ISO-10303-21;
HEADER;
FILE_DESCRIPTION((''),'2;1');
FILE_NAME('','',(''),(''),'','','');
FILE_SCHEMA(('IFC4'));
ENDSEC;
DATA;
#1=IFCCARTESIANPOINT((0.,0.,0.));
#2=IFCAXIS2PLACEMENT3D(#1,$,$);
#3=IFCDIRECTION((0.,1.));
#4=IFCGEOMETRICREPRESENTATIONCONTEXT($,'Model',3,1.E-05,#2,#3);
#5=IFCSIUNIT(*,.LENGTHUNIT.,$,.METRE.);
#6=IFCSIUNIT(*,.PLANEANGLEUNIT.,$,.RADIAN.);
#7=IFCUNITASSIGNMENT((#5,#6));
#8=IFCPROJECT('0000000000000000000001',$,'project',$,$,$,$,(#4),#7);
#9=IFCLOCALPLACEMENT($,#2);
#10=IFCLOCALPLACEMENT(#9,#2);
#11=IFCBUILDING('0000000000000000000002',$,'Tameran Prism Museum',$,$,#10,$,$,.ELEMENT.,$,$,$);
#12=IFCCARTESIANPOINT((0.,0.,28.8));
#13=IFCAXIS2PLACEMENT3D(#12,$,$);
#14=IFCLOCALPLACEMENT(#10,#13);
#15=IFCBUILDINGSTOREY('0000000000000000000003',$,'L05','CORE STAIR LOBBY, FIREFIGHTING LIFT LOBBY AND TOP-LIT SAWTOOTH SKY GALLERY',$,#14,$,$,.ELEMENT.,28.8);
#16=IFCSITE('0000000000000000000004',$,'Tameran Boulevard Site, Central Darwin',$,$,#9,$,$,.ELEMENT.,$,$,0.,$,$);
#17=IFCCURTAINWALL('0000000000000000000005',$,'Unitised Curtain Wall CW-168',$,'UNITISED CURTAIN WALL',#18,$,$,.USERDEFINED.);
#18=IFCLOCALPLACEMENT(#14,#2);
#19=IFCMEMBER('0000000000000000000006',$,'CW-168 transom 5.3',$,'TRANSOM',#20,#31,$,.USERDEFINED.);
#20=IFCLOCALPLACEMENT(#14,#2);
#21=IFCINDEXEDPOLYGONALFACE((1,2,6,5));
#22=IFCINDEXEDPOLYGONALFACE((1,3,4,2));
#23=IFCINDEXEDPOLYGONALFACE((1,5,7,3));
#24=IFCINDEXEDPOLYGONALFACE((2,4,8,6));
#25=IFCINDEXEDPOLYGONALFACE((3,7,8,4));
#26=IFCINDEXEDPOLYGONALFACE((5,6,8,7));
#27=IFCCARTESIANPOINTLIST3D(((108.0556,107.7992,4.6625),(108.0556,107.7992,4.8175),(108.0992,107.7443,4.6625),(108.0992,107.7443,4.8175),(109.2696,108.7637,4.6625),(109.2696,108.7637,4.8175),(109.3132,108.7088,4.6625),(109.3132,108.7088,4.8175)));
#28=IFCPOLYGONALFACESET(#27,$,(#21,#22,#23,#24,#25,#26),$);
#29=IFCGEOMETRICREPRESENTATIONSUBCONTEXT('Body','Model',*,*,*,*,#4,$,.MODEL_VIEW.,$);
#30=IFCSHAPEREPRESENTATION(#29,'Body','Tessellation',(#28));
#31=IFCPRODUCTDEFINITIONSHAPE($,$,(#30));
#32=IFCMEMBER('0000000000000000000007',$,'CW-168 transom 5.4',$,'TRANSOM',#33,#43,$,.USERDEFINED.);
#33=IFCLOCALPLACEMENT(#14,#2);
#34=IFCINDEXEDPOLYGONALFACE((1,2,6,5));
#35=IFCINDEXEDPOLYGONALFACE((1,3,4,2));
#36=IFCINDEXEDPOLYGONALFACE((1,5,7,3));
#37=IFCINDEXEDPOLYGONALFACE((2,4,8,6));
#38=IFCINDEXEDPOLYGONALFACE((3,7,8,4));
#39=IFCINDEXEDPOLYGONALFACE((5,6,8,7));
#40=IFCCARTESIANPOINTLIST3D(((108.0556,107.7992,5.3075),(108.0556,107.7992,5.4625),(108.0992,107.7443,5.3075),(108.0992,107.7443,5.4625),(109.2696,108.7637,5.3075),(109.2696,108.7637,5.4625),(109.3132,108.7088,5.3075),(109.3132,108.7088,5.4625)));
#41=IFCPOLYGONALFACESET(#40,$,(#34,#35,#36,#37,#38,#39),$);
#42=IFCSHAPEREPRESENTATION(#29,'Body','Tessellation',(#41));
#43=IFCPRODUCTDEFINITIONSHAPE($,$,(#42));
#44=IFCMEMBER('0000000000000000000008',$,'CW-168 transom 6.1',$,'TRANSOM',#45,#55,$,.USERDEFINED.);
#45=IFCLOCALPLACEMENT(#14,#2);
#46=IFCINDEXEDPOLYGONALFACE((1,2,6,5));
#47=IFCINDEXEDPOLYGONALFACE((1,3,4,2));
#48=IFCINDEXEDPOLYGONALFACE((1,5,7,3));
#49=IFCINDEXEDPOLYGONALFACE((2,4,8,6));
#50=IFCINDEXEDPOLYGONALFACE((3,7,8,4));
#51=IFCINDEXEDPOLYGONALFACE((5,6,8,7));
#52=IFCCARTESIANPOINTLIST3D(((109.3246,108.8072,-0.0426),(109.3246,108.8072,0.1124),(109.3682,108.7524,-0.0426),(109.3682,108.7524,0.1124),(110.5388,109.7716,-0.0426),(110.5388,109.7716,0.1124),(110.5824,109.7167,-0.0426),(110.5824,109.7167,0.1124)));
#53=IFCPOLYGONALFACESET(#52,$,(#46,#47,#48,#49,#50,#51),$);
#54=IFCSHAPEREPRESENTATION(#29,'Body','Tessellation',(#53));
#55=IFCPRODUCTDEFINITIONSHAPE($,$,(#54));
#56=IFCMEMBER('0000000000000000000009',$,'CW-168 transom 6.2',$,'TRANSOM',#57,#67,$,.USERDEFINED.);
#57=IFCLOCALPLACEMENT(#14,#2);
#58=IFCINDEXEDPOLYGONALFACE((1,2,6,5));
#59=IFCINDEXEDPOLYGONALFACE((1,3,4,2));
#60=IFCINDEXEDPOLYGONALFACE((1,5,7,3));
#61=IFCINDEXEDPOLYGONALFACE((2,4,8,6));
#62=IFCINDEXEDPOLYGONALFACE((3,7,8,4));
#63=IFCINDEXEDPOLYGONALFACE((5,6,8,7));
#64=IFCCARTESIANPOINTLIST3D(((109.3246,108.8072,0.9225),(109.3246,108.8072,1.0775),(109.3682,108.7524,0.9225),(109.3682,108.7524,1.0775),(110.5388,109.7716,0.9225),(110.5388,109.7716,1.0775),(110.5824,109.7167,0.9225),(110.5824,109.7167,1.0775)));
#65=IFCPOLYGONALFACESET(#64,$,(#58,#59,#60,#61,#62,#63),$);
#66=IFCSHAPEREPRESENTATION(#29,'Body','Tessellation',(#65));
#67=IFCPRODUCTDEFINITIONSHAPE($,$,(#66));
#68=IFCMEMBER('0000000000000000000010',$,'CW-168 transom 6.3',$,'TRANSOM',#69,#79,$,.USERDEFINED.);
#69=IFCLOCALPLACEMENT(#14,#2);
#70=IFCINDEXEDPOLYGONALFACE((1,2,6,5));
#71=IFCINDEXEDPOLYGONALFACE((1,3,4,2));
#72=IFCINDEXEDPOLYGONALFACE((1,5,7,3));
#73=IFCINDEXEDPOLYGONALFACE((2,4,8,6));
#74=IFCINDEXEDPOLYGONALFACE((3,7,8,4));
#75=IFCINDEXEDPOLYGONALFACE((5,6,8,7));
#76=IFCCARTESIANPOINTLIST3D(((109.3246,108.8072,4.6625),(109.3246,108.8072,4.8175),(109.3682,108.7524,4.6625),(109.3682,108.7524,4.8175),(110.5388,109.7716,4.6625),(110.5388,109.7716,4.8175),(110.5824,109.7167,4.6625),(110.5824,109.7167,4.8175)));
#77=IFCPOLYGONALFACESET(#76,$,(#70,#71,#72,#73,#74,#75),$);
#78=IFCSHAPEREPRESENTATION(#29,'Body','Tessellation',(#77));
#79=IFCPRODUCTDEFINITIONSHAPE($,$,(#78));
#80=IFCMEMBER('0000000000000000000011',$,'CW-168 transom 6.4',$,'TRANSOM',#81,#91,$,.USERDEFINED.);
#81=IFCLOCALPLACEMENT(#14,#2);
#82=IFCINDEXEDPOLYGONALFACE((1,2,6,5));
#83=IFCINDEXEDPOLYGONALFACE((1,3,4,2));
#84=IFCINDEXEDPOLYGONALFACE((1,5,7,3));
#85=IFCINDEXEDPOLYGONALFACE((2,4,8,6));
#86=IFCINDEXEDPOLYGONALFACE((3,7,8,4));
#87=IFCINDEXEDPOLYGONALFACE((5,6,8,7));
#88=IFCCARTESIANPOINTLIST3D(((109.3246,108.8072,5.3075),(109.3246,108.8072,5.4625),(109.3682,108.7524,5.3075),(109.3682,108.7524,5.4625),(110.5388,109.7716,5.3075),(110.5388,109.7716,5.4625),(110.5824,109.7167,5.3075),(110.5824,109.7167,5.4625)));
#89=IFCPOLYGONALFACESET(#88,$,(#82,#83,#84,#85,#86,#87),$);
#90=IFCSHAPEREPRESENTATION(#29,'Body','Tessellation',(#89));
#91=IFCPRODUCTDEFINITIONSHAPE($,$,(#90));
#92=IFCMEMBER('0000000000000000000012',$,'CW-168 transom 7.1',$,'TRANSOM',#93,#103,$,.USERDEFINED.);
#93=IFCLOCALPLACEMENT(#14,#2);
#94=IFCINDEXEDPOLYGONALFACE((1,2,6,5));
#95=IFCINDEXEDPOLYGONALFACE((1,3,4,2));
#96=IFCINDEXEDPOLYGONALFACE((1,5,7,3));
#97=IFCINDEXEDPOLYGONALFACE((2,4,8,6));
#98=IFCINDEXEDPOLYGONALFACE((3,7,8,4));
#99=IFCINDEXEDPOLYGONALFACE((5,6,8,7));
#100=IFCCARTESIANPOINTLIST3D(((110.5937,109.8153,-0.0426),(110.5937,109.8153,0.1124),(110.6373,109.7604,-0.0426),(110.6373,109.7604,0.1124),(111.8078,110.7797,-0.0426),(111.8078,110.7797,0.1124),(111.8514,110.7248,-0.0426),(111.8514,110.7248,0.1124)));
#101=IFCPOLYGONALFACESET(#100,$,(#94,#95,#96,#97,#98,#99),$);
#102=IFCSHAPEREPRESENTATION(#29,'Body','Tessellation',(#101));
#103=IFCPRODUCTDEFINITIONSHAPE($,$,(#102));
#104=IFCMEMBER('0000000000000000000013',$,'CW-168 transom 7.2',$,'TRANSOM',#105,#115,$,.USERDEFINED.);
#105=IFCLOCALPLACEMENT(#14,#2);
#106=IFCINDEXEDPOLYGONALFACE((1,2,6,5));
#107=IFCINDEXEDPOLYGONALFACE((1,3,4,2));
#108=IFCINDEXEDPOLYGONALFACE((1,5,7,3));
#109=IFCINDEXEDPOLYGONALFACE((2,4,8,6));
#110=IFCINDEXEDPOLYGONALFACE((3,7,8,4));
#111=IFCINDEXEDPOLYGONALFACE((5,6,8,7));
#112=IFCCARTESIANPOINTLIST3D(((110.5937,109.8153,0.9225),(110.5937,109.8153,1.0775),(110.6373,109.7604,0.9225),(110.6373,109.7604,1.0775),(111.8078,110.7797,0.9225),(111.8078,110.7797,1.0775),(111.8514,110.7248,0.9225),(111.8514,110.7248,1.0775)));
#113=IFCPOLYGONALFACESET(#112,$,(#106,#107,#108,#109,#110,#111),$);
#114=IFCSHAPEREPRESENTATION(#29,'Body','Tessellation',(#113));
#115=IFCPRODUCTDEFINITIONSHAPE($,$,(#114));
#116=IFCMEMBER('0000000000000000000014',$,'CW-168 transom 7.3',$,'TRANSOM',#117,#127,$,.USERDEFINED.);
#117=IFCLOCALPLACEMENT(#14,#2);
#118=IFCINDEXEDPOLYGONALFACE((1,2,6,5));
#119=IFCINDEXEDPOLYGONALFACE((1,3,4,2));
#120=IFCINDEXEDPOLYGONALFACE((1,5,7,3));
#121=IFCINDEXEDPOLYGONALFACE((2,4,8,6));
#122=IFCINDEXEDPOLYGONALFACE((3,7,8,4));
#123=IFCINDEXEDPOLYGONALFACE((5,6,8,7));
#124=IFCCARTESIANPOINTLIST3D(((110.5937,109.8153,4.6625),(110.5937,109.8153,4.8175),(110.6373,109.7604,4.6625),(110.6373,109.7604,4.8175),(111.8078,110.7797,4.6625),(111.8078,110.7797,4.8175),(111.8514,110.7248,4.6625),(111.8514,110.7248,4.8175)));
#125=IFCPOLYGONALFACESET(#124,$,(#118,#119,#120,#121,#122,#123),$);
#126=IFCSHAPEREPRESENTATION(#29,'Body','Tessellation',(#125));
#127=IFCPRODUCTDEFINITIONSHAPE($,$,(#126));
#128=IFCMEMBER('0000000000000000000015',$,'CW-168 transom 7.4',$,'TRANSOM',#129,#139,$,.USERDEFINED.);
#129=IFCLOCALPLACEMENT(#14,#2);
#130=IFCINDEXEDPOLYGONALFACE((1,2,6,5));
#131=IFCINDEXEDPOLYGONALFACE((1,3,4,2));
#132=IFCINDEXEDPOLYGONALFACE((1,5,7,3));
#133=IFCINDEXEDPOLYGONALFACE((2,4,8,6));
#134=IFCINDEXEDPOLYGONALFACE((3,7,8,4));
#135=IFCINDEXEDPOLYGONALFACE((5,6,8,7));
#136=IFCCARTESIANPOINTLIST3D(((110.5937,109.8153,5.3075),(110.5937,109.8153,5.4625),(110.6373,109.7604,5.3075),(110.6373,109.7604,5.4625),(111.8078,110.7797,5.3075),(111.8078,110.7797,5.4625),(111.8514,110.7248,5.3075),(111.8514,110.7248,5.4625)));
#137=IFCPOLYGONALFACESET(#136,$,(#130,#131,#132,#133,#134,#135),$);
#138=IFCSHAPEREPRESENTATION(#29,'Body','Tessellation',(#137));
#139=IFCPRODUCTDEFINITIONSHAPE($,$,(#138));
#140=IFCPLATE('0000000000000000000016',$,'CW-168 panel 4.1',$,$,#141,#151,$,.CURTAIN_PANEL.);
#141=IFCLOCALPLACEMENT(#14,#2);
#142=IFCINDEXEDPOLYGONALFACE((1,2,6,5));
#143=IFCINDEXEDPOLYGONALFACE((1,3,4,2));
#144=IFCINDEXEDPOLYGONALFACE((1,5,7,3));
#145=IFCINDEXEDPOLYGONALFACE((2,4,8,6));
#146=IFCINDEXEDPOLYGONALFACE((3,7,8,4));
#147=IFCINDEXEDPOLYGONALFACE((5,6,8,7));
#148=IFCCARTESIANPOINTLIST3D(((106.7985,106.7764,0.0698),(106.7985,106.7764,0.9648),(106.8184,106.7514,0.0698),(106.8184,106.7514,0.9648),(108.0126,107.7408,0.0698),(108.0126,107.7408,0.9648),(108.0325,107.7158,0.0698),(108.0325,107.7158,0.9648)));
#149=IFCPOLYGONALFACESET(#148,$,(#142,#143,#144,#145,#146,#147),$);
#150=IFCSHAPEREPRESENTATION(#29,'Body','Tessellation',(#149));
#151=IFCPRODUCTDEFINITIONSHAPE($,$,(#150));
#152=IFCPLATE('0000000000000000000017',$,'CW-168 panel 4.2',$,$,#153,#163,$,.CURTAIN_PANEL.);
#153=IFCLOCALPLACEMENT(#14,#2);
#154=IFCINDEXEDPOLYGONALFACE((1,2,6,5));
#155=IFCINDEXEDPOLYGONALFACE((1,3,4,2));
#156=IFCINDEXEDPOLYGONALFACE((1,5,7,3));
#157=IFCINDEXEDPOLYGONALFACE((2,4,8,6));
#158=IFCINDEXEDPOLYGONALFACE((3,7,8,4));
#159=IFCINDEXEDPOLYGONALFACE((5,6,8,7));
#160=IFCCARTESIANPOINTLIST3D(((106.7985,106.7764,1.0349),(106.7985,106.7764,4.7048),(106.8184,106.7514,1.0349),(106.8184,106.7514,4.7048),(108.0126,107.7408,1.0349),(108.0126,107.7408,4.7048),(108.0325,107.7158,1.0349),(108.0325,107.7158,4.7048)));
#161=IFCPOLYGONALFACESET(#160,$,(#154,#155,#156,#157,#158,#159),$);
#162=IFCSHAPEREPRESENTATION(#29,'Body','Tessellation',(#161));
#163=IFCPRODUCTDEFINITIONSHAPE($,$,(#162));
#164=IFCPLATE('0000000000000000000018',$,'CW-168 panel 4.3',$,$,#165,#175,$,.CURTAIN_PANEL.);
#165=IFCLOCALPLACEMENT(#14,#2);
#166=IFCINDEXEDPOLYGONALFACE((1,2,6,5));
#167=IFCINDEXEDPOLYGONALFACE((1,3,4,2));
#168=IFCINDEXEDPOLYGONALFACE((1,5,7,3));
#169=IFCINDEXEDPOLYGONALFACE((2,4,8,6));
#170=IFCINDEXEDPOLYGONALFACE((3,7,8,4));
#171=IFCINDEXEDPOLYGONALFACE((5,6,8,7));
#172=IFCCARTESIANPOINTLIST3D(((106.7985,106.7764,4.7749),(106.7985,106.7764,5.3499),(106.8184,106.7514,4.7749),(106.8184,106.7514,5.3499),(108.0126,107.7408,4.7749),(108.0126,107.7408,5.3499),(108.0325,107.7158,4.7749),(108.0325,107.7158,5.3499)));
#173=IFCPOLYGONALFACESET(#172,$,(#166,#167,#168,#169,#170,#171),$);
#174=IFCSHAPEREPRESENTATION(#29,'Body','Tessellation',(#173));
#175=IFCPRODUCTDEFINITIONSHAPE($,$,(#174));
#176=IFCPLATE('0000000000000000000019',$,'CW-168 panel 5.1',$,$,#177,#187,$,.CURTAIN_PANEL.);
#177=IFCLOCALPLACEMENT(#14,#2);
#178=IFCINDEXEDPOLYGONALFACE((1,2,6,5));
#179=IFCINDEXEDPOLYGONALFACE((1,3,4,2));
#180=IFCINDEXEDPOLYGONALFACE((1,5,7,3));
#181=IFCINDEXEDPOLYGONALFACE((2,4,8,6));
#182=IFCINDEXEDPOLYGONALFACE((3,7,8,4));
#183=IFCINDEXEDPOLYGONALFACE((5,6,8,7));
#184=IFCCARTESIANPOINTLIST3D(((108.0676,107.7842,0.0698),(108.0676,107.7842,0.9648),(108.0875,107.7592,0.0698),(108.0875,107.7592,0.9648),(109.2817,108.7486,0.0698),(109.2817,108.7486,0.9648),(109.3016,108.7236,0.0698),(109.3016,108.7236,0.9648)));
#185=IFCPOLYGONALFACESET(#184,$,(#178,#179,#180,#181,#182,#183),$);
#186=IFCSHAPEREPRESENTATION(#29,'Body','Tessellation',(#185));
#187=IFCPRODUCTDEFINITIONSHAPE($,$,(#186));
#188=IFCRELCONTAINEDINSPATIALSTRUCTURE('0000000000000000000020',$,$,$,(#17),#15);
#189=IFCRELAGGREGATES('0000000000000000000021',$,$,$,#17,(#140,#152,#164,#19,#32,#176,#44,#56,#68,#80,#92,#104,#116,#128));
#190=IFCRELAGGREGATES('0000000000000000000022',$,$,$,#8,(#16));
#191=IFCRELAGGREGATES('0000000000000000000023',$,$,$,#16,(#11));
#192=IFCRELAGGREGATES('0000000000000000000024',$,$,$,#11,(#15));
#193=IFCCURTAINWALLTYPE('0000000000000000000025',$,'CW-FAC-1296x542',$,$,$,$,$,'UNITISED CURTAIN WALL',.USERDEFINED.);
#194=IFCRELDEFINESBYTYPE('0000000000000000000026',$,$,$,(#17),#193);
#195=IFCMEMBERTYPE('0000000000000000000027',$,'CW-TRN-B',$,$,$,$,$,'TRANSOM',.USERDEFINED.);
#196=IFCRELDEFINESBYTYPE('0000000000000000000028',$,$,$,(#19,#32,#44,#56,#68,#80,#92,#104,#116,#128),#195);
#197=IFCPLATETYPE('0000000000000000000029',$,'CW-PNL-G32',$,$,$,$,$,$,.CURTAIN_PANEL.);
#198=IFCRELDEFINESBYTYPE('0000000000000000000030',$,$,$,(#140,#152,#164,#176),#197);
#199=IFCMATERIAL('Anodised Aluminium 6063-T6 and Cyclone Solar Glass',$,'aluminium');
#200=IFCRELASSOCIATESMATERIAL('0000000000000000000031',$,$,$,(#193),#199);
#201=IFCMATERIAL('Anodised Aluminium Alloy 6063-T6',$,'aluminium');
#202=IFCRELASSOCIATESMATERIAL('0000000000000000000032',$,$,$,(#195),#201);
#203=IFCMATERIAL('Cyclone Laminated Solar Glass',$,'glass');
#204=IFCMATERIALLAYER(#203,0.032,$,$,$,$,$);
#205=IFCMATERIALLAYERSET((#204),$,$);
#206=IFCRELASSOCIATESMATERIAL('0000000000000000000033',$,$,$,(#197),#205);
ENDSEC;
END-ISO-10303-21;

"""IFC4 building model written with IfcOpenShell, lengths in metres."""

from ifc_helpers import new_model, si_unit, direction, frame, origin, origin_2d, place, context, subcontext, project, spatial, rectangle, extrude, material, layer, layer_set, material_profile, profile_set, type_object, element, aggregate, save


model = new_model("IFC4")

# Units and contexts
model_context = context("Model", 3, precision=1e-05, world=origin(), true_north=direction((0.0, 1.0)))
body_context = subcontext(model_context, "Body", "Model", "MODEL_VIEW")
ifc_project = project(units=[si_unit("LENGTHUNIT", "METRE"), si_unit("PLANEANGLEUNIT", "RADIAN")], contexts=[model_context])

# Site, building, storey
site_placement = place(None, origin())
site = spatial("IfcSite", under=ifc_project, at=site_placement, Name="Tameran Boulevard Site, Central Darwin", CompositionType="ELEMENT", RefElevation=0.0)
building_placement = place(site_placement, origin())
building = spatial("IfcBuilding", under=site, at=building_placement, Name="Tameran Prism Museum", CompositionType="ELEMENT")
storey_placement = place(building_placement, frame((0.0, 0.0, 28.8)))
storey = spatial("IfcBuildingStorey", under=building, at=storey_placement, Name="L05", Description="CORE STAIR LOBBY, FIREFIGHTING LIFT LOBBY AND TOP-LIT SAWTOOTH SKY GALLERY", CompositionType="ELEMENT", Elevation=28.8)

# Curtain wall, members, plates
ifc_material_1 = material(Name="Anodised Aluminium 6063-T6 and Cyclone Solar Glass", Category="aluminium")
curtain_wall_type = type_object("IfcCurtainWallType", Name="CW-FAC-1296x542", ElementType="UNITISED CURTAIN WALL", PredefinedType="USERDEFINED", material=ifc_material_1)
curtain_wall_placement = place(storey_placement, origin())
curtain_wall = element("IfcCurtainWall", 1, at=curtain_wall_placement, inside=storey, type_object=curtain_wall_type, Name="Unitised Curtain Wall CW-168", ObjectType="UNITISED CURTAIN WALL", PredefinedType="USERDEFINED")
ifc_material_2 = material(Name="Anodised Aluminium Alloy 6063-T6", Category="aluminium")
ifc_material_profile_1 = material_profile(ifc_material_2, rectangle(XDim=0.0701, YDim=0.155, at=origin_2d()))
ifc_profile_set_1 = profile_set([ifc_material_profile_1])
member_type_1 = type_object("IfcMemberType", Name="CW-TRN-B", ElementType="TRANSOM", PredefinedType="USERDEFINED", material=ifc_profile_set_1)
member_1_placement = place(storey_placement, frame((108.0774, 107.7717, 4.74), z_axis=(0.782969, 0.622061, 0.0), x_axis=(-0.622061, 0.782969, 0.0)))
member_1 = element("IfcMember", 2, at=member_1_placement, type_object=member_type_1, Name="CW-168 transom 5.3", ObjectType="TRANSOM", PredefinedType="USERDEFINED", context=body_context, shape_type="SweptSolid", body=[
    extrude(rectangle(XDim=0.0701, YDim=0.155, at=origin_2d()), origin(), (0.0, 0.0, 1.0), 1.5505),
])
member_2_placement = place(storey_placement, frame((108.0774, 107.7717, 5.385), z_axis=(0.782969, 0.622061, 0.0), x_axis=(-0.622061, 0.782969, 0.0)))
member_2 = element("IfcMember", 3, at=member_2_placement, type_object=member_type_1, Name="CW-168 transom 5.4", ObjectType="TRANSOM", PredefinedType="USERDEFINED", context=body_context, shape_type="SweptSolid", body=[
    extrude(rectangle(XDim=0.0701, YDim=0.155, at=origin_2d()), origin(), (0.0, 0.0, 1.0), 1.5505),
])
member_3_placement = place(storey_placement, frame((109.3464, 108.7798, 0.0349), z_axis=(0.783045, 0.621965, 0.0), x_axis=(-0.621965, 0.783045, 0.0)))
member_3 = element("IfcMember", 4, at=member_3_placement, type_object=member_type_1, Name="CW-168 transom 6.1", ObjectType="TRANSOM", PredefinedType="USERDEFINED", context=body_context, shape_type="SweptSolid", body=[
    extrude(rectangle(XDim=0.0701, YDim=0.155, at=origin_2d()), origin(), (0.0, 0.0, 1.0), 1.5505),
])
member_4_placement = place(storey_placement, frame((109.3464, 108.7798, 1.0), z_axis=(0.783045, 0.621965, 0.0), x_axis=(-0.621965, 0.783045, 0.0)))
member_4 = element("IfcMember", 5, at=member_4_placement, type_object=member_type_1, Name="CW-168 transom 6.2", ObjectType="TRANSOM", PredefinedType="USERDEFINED", context=body_context, shape_type="SweptSolid", body=[
    extrude(rectangle(XDim=0.0701, YDim=0.155, at=origin_2d()), origin(), (0.0, 0.0, 1.0), 1.5505),
])
member_5_placement = place(storey_placement, frame((109.3464, 108.7798, 4.74), z_axis=(0.783045, 0.621965, 0.0), x_axis=(-0.621965, 0.783045, 0.0)))
member_5 = element("IfcMember", 6, at=member_5_placement, type_object=member_type_1, Name="CW-168 transom 6.3", ObjectType="TRANSOM", PredefinedType="USERDEFINED", context=body_context, shape_type="SweptSolid", body=[
    extrude(rectangle(XDim=0.0701, YDim=0.155, at=origin_2d()), origin(), (0.0, 0.0, 1.0), 1.5505),
])
member_6_placement = place(storey_placement, frame((109.3464, 108.7798, 5.385), z_axis=(0.783045, 0.621965, 0.0), x_axis=(-0.621965, 0.783045, 0.0)))
member_6 = element("IfcMember", 7, at=member_6_placement, type_object=member_type_1, Name="CW-168 transom 6.4", ObjectType="TRANSOM", PredefinedType="USERDEFINED", context=body_context, shape_type="SweptSolid", body=[
    extrude(rectangle(XDim=0.0701, YDim=0.155, at=origin_2d()), origin(), (0.0, 0.0, 1.0), 1.5505),
])
member_7_placement = place(storey_placement, frame((110.6155, 109.7878, 0.0349), z_axis=(0.783045, 0.621965, 0.0), x_axis=(-0.621965, 0.783045, 0.0)))
member_7 = element("IfcMember", 8, at=member_7_placement, type_object=member_type_1, Name="CW-168 transom 7.1", ObjectType="TRANSOM", PredefinedType="USERDEFINED", context=body_context, shape_type="SweptSolid", body=[
    extrude(rectangle(XDim=0.0701, YDim=0.155, at=origin_2d()), origin(), (0.0, 0.0, 1.0), 1.5505),
])
member_8_placement = place(storey_placement, frame((110.6155, 109.7878, 1.0), z_axis=(0.783045, 0.621965, 0.0), x_axis=(-0.621965, 0.783045, 0.0)))
member_8 = element("IfcMember", 9, at=member_8_placement, type_object=member_type_1, Name="CW-168 transom 7.2", ObjectType="TRANSOM", PredefinedType="USERDEFINED", context=body_context, shape_type="SweptSolid", body=[
    extrude(rectangle(XDim=0.0701, YDim=0.155, at=origin_2d()), origin(), (0.0, 0.0, 1.0), 1.5505),
])
member_9_placement = place(storey_placement, frame((110.6155, 109.7878, 4.74), z_axis=(0.783045, 0.621965, 0.0), x_axis=(-0.621965, 0.783045, 0.0)))
member_9 = element("IfcMember", 10, at=member_9_placement, type_object=member_type_1, Name="CW-168 transom 7.3", ObjectType="TRANSOM", PredefinedType="USERDEFINED", context=body_context, shape_type="SweptSolid", body=[
    extrude(rectangle(XDim=0.0701, YDim=0.155, at=origin_2d()), origin(), (0.0, 0.0, 1.0), 1.5505),
])
member_10_placement = place(storey_placement, frame((110.6155, 109.7878, 5.385), z_axis=(0.783045, 0.621965, 0.0), x_axis=(-0.621965, 0.783045, 0.0)))
member_10 = element("IfcMember", 11, at=member_10_placement, type_object=member_type_1, Name="CW-168 transom 7.4", ObjectType="TRANSOM", PredefinedType="USERDEFINED", context=body_context, shape_type="SweptSolid", body=[
    extrude(rectangle(XDim=0.0701, YDim=0.155, at=origin_2d()), origin(), (0.0, 0.0, 1.0), 1.5505),
])
ifc_material_3 = material(Name="Cyclone Laminated Solar Glass", Category="glass")
ifc_layer = layer(ifc_material_3, 0.032)
ifc_layer_set = layer_set([ifc_layer])
plate_type = type_object("IfcPlateType", Name="CW-PNL-G32", PredefinedType="CURTAIN_PANEL", material=ifc_layer_set)
plate_1_placement = place(storey_placement, frame((107.4155, 107.2461, 0.0698), z_axis=(0.0, 0.0, 1.0), x_axis=(0.783031, 0.621982, 0.0)))
plate_1 = element("IfcPlate", 12, at=plate_1_placement, type_object=plate_type, Name="CW-168 panel 4.1", PredefinedType="CURTAIN_PANEL", context=body_context, shape_type="SweptSolid", body=[
    extrude(rectangle(XDim=1.5505, YDim=0.032, at=origin_2d()), origin(), (0.0, 0.0, 1.0), 0.895),
])
plate_2_placement = place(storey_placement, frame((107.4155, 107.2461, 1.0349), z_axis=(0.0, 0.0, 1.0), x_axis=(0.783031, 0.621982, 0.0)))
plate_2 = element("IfcPlate", 13, at=plate_2_placement, type_object=plate_type, Name="CW-168 panel 4.2", PredefinedType="CURTAIN_PANEL", context=body_context, shape_type="SweptSolid", body=[
    extrude(rectangle(XDim=1.5505, YDim=0.032, at=origin_2d()), origin(), (0.0, 0.0, 1.0), 3.6699),
])
plate_3_placement = place(storey_placement, frame((107.4155, 107.2461, 4.7749), z_axis=(0.0, 0.0, 1.0), x_axis=(0.783031, 0.621982, 0.0)))
plate_3 = element("IfcPlate", 14, at=plate_3_placement, type_object=plate_type, Name="CW-168 panel 4.3", PredefinedType="CURTAIN_PANEL", context=body_context, shape_type="SweptSolid", body=[
    extrude(rectangle(XDim=1.5505, YDim=0.032, at=origin_2d()), origin(), (0.0, 0.0, 1.0), 0.575),
])
plate_4_placement = place(storey_placement, frame((108.6846, 108.2539, 0.0698), z_axis=(0.0, 0.0, 1.0), x_axis=(0.783031, 0.621982, 0.0)))
plate_4 = element("IfcPlate", 15, at=plate_4_placement, type_object=plate_type, Name="CW-168 panel 5.1", PredefinedType="CURTAIN_PANEL", context=body_context, shape_type="SweptSolid", body=[
    extrude(rectangle(XDim=1.5505, YDim=0.032, at=origin_2d()), origin(), (0.0, 0.0, 1.0), 0.895),
])
aggregate(curtain_wall, [plate_1, plate_2, plate_3, member_1, member_2, plate_4, member_3, member_4, member_5, member_6, member_7, member_8, member_9, member_10])

save(model, "model.ifc")
